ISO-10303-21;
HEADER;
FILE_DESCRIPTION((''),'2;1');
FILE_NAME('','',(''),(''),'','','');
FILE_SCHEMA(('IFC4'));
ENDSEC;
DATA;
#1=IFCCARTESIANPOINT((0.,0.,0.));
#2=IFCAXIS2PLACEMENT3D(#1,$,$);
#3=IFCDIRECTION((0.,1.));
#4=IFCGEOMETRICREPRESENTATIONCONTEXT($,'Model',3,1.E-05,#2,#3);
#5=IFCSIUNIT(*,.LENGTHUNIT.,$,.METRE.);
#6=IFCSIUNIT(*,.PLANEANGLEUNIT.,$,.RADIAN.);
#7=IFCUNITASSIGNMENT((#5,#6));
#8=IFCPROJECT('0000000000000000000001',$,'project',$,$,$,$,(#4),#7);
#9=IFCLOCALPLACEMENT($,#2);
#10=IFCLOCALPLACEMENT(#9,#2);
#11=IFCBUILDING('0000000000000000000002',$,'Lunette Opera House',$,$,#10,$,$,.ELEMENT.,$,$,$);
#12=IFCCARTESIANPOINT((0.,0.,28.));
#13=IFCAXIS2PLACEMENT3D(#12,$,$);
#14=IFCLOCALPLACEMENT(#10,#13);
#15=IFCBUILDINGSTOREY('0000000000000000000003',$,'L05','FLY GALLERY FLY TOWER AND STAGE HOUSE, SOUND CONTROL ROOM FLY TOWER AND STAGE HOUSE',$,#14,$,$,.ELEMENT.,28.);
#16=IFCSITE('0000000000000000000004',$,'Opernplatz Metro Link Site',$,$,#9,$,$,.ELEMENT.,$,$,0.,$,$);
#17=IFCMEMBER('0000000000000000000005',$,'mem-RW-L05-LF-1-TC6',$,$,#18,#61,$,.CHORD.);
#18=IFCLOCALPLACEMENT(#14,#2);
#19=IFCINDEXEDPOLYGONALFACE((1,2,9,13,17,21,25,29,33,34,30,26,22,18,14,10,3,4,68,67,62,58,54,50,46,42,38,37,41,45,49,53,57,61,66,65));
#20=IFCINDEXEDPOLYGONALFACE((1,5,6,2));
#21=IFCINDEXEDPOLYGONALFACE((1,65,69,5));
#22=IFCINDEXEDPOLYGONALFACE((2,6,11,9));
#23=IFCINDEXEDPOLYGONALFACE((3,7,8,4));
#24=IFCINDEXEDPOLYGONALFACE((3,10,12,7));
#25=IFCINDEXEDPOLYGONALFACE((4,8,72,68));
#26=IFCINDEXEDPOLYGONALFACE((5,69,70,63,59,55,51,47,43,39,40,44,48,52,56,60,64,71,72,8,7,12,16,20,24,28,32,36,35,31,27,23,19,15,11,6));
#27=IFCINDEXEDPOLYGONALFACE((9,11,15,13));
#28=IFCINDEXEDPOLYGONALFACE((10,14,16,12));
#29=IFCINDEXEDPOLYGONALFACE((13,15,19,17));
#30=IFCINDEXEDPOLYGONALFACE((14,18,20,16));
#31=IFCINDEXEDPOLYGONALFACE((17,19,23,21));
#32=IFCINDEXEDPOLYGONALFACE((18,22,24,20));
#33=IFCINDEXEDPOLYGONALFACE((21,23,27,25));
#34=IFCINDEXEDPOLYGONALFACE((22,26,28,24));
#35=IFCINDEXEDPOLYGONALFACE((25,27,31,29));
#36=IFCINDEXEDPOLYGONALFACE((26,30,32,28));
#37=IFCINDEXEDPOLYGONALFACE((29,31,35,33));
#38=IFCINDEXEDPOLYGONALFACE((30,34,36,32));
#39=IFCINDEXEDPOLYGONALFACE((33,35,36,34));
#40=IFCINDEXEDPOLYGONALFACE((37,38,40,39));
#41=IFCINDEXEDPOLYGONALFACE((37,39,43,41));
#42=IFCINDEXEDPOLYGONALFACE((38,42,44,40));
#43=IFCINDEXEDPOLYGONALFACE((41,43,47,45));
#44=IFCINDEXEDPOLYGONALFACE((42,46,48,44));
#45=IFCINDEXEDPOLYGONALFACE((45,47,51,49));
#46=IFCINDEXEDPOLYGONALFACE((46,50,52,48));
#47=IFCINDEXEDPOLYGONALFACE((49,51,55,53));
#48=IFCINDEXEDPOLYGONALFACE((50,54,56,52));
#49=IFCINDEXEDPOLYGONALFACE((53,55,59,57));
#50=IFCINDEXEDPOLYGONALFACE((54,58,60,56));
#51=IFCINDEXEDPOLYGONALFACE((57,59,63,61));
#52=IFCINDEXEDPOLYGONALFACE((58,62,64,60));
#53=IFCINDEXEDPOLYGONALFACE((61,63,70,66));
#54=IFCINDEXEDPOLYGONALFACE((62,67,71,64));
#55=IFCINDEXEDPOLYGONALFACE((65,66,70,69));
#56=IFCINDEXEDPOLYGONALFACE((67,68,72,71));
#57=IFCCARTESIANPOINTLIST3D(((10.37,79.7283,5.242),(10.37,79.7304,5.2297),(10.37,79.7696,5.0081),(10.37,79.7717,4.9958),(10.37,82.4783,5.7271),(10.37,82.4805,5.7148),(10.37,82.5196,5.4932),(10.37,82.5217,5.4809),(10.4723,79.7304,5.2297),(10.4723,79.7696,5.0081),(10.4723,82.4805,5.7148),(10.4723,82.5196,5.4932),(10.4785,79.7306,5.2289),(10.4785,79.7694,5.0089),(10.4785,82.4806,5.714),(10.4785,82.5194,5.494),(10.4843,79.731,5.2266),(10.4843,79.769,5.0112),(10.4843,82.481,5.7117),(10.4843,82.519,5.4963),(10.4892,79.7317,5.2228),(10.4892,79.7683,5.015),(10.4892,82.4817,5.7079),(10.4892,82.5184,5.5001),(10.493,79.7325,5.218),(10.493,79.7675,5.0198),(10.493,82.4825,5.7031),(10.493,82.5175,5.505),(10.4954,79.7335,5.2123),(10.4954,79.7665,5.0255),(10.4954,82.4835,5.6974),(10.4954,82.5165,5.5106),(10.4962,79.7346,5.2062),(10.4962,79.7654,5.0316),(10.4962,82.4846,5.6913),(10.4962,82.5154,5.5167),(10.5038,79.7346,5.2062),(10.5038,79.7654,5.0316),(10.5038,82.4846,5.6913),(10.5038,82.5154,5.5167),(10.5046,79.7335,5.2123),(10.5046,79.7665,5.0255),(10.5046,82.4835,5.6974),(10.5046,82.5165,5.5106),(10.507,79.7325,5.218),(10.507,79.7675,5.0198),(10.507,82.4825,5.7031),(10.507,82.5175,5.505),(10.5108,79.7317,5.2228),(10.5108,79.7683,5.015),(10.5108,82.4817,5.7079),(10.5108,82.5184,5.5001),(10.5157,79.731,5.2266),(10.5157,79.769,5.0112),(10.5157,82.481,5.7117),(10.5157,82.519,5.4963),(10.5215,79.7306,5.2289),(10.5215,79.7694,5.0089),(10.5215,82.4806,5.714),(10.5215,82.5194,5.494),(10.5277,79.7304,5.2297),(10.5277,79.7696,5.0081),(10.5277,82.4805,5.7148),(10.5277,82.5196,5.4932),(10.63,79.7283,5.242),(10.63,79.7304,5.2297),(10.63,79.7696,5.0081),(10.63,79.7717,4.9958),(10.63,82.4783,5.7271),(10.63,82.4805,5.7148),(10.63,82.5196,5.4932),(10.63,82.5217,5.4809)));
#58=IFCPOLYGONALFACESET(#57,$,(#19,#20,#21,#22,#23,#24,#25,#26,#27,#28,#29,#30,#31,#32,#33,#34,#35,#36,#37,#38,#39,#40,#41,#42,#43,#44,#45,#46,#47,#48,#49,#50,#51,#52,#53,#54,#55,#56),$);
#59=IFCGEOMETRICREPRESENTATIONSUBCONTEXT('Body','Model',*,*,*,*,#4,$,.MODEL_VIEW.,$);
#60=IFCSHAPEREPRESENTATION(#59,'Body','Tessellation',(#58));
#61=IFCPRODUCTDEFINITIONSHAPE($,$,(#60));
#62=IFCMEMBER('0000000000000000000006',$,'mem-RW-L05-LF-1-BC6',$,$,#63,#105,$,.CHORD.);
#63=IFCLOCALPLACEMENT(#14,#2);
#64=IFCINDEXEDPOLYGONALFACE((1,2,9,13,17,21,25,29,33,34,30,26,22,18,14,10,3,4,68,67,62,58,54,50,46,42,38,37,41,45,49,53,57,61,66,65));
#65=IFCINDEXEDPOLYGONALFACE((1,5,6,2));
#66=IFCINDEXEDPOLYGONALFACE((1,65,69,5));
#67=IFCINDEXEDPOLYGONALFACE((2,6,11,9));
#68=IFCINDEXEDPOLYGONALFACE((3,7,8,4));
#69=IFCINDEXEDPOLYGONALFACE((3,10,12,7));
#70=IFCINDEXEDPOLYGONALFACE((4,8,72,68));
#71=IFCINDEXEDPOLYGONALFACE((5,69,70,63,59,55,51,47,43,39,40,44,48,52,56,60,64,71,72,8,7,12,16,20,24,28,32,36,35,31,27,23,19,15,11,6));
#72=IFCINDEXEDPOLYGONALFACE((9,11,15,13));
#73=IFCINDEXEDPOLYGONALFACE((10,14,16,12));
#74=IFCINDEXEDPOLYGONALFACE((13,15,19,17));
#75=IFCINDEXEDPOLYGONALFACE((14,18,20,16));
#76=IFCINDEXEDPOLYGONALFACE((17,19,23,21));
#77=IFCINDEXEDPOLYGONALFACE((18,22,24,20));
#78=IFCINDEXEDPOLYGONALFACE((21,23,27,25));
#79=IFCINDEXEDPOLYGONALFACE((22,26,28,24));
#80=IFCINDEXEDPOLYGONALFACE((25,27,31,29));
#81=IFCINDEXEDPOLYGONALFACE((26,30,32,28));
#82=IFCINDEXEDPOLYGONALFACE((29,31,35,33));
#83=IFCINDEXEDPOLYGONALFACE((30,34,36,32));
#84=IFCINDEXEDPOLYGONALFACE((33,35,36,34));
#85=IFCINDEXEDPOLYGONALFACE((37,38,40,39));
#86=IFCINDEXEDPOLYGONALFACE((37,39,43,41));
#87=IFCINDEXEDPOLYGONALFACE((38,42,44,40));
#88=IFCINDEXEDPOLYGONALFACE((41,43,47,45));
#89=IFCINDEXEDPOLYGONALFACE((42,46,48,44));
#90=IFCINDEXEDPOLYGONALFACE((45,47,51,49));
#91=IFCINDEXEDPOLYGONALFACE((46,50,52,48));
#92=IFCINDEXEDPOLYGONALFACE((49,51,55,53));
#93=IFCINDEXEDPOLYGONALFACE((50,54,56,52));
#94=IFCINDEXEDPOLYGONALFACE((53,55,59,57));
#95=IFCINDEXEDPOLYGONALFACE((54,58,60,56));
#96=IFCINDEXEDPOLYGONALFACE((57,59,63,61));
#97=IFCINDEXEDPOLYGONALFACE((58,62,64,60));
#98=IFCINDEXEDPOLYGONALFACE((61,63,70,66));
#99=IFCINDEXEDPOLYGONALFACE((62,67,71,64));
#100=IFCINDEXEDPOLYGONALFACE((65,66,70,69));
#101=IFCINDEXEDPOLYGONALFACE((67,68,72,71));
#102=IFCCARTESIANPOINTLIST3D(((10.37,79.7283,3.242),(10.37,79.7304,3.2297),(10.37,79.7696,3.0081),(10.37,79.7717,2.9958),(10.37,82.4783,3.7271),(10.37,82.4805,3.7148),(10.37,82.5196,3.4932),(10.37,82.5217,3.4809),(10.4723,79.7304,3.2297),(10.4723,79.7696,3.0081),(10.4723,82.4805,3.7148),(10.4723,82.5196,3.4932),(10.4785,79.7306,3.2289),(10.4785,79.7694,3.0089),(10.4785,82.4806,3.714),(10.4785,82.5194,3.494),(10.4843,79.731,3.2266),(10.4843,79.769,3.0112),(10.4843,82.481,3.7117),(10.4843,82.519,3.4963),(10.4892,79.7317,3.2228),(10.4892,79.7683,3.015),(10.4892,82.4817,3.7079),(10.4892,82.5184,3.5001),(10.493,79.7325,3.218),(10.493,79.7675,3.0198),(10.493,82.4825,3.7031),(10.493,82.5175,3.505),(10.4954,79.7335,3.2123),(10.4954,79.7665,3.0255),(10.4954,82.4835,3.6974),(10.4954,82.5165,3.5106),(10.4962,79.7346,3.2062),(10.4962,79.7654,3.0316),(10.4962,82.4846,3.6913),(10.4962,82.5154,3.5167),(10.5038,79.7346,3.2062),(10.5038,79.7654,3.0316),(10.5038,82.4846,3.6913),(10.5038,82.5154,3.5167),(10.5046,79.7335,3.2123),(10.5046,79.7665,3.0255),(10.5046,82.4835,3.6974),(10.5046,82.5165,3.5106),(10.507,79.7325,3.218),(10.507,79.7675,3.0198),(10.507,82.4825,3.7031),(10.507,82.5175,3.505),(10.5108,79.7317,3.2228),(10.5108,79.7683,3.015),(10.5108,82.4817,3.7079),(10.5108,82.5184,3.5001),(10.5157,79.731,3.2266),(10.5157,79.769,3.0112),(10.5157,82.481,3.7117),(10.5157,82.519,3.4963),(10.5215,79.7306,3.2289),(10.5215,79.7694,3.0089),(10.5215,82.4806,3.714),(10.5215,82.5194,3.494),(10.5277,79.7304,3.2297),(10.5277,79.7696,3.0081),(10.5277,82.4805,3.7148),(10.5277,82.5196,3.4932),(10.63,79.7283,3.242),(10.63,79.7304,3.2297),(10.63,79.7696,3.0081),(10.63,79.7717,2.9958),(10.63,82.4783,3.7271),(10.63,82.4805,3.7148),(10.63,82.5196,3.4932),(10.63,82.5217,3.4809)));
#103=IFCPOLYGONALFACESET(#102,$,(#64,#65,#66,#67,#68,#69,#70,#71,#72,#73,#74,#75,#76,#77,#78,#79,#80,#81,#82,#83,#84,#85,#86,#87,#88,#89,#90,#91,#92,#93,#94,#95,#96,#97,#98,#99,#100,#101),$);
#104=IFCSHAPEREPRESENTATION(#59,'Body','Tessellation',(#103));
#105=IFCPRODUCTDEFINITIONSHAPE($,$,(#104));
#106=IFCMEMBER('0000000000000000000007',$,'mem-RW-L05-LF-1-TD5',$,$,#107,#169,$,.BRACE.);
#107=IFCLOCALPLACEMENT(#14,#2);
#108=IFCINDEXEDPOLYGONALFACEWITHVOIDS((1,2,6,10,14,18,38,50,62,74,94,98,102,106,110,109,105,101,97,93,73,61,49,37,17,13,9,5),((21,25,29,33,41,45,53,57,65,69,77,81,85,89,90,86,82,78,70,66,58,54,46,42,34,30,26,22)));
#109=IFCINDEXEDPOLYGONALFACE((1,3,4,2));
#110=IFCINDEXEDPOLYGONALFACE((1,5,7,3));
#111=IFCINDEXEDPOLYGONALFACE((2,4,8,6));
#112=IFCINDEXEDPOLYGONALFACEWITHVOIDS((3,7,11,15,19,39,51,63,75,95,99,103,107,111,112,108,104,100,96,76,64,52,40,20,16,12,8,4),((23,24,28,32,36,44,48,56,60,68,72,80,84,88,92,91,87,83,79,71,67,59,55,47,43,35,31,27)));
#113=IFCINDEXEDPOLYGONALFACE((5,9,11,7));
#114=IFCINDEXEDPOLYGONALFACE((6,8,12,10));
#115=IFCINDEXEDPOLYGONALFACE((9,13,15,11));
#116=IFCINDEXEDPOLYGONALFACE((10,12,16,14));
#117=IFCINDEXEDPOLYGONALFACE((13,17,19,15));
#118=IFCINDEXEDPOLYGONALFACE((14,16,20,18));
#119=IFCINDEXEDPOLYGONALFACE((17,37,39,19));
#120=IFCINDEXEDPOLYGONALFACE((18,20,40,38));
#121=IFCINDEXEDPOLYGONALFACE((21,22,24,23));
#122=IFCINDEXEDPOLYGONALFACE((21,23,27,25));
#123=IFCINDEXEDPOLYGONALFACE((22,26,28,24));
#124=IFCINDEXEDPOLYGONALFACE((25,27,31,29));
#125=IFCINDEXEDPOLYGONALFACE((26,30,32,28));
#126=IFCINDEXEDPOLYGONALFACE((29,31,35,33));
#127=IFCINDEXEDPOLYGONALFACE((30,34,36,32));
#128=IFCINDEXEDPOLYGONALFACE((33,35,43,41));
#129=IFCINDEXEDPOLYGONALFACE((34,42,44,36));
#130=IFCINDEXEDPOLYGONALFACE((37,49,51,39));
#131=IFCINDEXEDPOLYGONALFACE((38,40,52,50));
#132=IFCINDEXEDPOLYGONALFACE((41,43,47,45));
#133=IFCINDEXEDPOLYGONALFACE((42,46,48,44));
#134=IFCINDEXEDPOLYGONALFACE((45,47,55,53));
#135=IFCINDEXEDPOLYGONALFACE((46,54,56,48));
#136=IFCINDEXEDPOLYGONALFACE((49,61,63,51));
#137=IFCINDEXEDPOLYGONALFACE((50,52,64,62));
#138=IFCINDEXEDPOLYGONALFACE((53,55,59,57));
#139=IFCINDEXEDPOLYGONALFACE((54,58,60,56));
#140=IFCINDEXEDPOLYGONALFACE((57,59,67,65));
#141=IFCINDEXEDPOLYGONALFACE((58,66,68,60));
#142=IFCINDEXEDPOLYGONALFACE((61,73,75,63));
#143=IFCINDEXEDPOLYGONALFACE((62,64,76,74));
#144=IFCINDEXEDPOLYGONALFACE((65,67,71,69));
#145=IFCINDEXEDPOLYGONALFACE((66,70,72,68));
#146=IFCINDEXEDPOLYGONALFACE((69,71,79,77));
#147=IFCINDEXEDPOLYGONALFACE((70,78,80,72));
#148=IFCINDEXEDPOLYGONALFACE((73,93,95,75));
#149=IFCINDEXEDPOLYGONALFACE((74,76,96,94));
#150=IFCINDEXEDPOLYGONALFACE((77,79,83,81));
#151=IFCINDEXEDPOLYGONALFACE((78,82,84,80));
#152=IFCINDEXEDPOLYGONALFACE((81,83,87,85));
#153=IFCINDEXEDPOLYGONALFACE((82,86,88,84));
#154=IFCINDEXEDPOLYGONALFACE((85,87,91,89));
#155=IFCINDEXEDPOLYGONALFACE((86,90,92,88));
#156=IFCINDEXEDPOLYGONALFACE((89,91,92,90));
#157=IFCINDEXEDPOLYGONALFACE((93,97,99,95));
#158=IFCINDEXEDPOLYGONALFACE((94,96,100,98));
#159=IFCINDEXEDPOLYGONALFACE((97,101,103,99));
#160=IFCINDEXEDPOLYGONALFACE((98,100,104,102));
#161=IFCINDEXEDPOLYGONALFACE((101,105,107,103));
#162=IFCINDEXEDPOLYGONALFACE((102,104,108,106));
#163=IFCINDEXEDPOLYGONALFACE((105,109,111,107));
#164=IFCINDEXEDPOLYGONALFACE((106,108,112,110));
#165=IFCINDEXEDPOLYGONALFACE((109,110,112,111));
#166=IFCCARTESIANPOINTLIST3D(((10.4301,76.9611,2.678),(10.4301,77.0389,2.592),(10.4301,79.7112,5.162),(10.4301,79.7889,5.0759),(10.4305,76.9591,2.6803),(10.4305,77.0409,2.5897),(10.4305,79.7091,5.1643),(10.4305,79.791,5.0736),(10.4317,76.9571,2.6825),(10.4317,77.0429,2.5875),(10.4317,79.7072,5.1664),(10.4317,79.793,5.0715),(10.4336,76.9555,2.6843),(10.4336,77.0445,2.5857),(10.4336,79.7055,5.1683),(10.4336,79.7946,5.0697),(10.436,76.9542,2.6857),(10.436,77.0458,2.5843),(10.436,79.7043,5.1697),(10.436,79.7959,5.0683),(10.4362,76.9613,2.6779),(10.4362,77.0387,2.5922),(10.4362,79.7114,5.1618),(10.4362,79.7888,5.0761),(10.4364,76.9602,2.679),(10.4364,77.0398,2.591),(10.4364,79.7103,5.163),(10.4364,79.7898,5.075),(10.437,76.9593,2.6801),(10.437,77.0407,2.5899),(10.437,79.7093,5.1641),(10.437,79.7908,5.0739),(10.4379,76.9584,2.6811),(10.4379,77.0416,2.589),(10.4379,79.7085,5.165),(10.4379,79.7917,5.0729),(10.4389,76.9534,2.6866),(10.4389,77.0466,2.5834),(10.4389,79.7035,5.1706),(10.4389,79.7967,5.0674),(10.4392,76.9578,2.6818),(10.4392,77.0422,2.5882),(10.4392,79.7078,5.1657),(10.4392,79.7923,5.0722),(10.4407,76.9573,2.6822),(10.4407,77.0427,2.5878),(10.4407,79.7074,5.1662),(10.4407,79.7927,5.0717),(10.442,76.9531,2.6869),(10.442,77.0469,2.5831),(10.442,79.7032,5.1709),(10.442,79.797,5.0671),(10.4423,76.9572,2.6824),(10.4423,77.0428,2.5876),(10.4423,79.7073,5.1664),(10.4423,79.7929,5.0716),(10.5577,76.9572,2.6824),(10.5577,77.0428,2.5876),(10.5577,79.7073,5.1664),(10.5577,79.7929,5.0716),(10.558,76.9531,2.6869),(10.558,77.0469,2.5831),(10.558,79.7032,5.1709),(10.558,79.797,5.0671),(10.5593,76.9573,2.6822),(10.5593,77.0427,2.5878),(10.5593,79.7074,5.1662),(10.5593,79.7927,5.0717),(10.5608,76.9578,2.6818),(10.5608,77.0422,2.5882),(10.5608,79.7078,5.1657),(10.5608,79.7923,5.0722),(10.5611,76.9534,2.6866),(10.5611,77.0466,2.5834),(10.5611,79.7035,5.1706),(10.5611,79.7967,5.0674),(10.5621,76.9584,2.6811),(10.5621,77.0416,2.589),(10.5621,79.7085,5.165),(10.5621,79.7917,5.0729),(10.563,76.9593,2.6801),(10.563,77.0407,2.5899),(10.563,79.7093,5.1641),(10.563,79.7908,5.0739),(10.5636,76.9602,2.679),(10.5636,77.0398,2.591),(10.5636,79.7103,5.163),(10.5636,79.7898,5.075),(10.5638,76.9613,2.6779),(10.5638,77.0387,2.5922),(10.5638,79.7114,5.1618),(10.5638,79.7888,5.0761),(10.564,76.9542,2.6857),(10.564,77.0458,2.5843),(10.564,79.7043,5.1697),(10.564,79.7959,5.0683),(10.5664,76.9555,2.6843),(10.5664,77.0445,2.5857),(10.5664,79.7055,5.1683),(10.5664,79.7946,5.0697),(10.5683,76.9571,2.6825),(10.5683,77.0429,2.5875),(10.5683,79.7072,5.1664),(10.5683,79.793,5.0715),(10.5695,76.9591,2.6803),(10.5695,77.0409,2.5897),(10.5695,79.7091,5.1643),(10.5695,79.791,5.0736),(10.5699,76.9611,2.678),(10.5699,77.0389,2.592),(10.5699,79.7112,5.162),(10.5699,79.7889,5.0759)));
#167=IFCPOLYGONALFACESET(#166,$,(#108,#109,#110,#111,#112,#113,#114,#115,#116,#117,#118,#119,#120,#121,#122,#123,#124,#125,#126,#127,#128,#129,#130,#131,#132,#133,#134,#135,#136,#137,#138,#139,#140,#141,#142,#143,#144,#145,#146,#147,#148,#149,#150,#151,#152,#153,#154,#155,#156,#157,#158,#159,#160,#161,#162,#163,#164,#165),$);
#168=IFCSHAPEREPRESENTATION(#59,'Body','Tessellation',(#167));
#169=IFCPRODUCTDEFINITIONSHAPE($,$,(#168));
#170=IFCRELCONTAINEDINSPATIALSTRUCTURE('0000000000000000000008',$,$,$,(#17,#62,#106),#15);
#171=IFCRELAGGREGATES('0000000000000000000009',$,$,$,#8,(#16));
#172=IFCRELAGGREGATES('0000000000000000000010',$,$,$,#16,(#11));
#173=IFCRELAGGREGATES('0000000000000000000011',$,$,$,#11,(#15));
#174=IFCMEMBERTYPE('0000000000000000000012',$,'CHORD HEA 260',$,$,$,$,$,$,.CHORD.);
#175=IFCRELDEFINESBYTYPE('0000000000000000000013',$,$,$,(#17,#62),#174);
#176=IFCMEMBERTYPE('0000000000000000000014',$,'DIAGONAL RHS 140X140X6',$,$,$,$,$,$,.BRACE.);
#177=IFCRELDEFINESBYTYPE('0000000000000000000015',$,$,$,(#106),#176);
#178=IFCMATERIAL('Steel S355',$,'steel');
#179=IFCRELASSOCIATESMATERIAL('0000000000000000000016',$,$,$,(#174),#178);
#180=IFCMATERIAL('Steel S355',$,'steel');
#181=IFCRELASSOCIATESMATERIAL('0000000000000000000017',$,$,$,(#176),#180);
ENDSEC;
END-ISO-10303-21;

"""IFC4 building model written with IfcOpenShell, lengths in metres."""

from ifc_helpers import new_model, si_unit, direction, frame, origin, origin_2d, place, context, subcontext, project, spatial, hollow_rectangle, i_section, extrude, material, material_profile, profile_set, type_object, element, save


model = new_model("IFC4")

# Units and contexts
model_context = context("Model", 3, precision=1e-05, world=origin(), true_north=direction((0.0, 1.0)))
body_context = subcontext(model_context, "Body", "Model", "MODEL_VIEW")
ifc_project = project(units=[si_unit("LENGTHUNIT", "METRE"), si_unit("PLANEANGLEUNIT", "RADIAN")], contexts=[model_context])

# Site, building, storey
site_placement = place(None, origin())
site = spatial("IfcSite", under=ifc_project, at=site_placement, Name="Opernplatz Metro Link Site", CompositionType="ELEMENT", RefElevation=0.0)
building_placement = place(site_placement, origin())
building = spatial("IfcBuilding", under=site, at=building_placement, Name="Lunette Opera House", CompositionType="ELEMENT")
storey_placement = place(building_placement, frame((0.0, 0.0, 28.0)))
storey = spatial("IfcBuildingStorey", under=building, at=storey_placement, Name="L05", Description="FLY GALLERY FLY TOWER AND STAGE HOUSE, SOUND CONTROL ROOM FLY TOWER AND STAGE HOUSE", CompositionType="ELEMENT", Elevation=28.0)

# Members
ifc_material_1 = material(Name="Steel S355", Category="steel")
ifc_material_profile_1 = material_profile(ifc_material_1, i_section(OverallWidth=0.26, OverallDepth=0.25, WebThickness=0.0076, FlangeThickness=0.0125, FilletRadius=0.0239, at=origin_2d()), Name="HEA 260")
ifc_profile_set_1 = profile_set([ifc_material_profile_1], Name="Steel S355")
member_type_1 = type_object("IfcMemberType", Name="CHORD HEA 260", PredefinedType="CHORD", material=ifc_profile_set_1)
for number, where, z_axis, x_axis, name in (
    (1, (10.5, 79.75, 5.1189), (0.0, 0.984795, 0.17372), (-1.0, 0.0, 0.0), "mem-RW-L05-LF-1-TC6"),
    (2, (10.5, 79.75, 3.1189), (0.0, 0.984795, 0.17372), (-1.0, 0.0, 0.0), "mem-RW-L05-LF-1-BC6"),
):
    element("IfcMember", number, at=place(storey_placement, frame(where, z_axis=z_axis, x_axis=x_axis)), inside=storey, type_object=member_type_1, Name=name, PredefinedType="CHORD", context=body_context, shape_type="SweptSolid", body=[
        extrude(i_section(OverallWidth=0.26, OverallDepth=0.25, WebThickness=0.0076, FlangeThickness=0.0125, FilletRadius=0.0239, at=origin_2d()), origin(), (0.0, 0.0, 1.0), 2.7925),
    ])
ifc_material_2 = material(Name="Steel S355", Category="steel")
ifc_material_profile_2 = material_profile(ifc_material_2, hollow_rectangle(XDim=0.1399, YDim=0.1399, WallThickness=0.0061, InnerFilletRadius=0.0061, OuterFilletRadius=0.012, at=origin_2d()), Name="RHS 140X140X6")
ifc_profile_set_2 = profile_set([ifc_material_profile_2], Name="Steel S355")
member_type_2 = type_object("IfcMemberType", Name="DIAGONAL RHS 140X140X6", PredefinedType="BRACE", material=ifc_profile_set_2)
member_1_placement = place(storey_placement, frame((10.5, 77.0, 2.635), z_axis=(0.0, 0.742101, 0.670289), x_axis=(-1.0, 0.0, 0.0)))
element("IfcMember", 3, at=member_1_placement, inside=storey, type_object=member_type_2, Name="mem-RW-L05-LF-1-TD5", PredefinedType="BRACE", context=body_context, shape_type="SweptSolid", body=[
    extrude(hollow_rectangle(XDim=0.1399, YDim=0.1399, WallThickness=0.0061, InnerFilletRadius=0.0061, OuterFilletRadius=0.012, at=origin_2d()), origin(), (0.0, 0.0, 1.0), 3.7058),
])

save(model, "model.ifc")
